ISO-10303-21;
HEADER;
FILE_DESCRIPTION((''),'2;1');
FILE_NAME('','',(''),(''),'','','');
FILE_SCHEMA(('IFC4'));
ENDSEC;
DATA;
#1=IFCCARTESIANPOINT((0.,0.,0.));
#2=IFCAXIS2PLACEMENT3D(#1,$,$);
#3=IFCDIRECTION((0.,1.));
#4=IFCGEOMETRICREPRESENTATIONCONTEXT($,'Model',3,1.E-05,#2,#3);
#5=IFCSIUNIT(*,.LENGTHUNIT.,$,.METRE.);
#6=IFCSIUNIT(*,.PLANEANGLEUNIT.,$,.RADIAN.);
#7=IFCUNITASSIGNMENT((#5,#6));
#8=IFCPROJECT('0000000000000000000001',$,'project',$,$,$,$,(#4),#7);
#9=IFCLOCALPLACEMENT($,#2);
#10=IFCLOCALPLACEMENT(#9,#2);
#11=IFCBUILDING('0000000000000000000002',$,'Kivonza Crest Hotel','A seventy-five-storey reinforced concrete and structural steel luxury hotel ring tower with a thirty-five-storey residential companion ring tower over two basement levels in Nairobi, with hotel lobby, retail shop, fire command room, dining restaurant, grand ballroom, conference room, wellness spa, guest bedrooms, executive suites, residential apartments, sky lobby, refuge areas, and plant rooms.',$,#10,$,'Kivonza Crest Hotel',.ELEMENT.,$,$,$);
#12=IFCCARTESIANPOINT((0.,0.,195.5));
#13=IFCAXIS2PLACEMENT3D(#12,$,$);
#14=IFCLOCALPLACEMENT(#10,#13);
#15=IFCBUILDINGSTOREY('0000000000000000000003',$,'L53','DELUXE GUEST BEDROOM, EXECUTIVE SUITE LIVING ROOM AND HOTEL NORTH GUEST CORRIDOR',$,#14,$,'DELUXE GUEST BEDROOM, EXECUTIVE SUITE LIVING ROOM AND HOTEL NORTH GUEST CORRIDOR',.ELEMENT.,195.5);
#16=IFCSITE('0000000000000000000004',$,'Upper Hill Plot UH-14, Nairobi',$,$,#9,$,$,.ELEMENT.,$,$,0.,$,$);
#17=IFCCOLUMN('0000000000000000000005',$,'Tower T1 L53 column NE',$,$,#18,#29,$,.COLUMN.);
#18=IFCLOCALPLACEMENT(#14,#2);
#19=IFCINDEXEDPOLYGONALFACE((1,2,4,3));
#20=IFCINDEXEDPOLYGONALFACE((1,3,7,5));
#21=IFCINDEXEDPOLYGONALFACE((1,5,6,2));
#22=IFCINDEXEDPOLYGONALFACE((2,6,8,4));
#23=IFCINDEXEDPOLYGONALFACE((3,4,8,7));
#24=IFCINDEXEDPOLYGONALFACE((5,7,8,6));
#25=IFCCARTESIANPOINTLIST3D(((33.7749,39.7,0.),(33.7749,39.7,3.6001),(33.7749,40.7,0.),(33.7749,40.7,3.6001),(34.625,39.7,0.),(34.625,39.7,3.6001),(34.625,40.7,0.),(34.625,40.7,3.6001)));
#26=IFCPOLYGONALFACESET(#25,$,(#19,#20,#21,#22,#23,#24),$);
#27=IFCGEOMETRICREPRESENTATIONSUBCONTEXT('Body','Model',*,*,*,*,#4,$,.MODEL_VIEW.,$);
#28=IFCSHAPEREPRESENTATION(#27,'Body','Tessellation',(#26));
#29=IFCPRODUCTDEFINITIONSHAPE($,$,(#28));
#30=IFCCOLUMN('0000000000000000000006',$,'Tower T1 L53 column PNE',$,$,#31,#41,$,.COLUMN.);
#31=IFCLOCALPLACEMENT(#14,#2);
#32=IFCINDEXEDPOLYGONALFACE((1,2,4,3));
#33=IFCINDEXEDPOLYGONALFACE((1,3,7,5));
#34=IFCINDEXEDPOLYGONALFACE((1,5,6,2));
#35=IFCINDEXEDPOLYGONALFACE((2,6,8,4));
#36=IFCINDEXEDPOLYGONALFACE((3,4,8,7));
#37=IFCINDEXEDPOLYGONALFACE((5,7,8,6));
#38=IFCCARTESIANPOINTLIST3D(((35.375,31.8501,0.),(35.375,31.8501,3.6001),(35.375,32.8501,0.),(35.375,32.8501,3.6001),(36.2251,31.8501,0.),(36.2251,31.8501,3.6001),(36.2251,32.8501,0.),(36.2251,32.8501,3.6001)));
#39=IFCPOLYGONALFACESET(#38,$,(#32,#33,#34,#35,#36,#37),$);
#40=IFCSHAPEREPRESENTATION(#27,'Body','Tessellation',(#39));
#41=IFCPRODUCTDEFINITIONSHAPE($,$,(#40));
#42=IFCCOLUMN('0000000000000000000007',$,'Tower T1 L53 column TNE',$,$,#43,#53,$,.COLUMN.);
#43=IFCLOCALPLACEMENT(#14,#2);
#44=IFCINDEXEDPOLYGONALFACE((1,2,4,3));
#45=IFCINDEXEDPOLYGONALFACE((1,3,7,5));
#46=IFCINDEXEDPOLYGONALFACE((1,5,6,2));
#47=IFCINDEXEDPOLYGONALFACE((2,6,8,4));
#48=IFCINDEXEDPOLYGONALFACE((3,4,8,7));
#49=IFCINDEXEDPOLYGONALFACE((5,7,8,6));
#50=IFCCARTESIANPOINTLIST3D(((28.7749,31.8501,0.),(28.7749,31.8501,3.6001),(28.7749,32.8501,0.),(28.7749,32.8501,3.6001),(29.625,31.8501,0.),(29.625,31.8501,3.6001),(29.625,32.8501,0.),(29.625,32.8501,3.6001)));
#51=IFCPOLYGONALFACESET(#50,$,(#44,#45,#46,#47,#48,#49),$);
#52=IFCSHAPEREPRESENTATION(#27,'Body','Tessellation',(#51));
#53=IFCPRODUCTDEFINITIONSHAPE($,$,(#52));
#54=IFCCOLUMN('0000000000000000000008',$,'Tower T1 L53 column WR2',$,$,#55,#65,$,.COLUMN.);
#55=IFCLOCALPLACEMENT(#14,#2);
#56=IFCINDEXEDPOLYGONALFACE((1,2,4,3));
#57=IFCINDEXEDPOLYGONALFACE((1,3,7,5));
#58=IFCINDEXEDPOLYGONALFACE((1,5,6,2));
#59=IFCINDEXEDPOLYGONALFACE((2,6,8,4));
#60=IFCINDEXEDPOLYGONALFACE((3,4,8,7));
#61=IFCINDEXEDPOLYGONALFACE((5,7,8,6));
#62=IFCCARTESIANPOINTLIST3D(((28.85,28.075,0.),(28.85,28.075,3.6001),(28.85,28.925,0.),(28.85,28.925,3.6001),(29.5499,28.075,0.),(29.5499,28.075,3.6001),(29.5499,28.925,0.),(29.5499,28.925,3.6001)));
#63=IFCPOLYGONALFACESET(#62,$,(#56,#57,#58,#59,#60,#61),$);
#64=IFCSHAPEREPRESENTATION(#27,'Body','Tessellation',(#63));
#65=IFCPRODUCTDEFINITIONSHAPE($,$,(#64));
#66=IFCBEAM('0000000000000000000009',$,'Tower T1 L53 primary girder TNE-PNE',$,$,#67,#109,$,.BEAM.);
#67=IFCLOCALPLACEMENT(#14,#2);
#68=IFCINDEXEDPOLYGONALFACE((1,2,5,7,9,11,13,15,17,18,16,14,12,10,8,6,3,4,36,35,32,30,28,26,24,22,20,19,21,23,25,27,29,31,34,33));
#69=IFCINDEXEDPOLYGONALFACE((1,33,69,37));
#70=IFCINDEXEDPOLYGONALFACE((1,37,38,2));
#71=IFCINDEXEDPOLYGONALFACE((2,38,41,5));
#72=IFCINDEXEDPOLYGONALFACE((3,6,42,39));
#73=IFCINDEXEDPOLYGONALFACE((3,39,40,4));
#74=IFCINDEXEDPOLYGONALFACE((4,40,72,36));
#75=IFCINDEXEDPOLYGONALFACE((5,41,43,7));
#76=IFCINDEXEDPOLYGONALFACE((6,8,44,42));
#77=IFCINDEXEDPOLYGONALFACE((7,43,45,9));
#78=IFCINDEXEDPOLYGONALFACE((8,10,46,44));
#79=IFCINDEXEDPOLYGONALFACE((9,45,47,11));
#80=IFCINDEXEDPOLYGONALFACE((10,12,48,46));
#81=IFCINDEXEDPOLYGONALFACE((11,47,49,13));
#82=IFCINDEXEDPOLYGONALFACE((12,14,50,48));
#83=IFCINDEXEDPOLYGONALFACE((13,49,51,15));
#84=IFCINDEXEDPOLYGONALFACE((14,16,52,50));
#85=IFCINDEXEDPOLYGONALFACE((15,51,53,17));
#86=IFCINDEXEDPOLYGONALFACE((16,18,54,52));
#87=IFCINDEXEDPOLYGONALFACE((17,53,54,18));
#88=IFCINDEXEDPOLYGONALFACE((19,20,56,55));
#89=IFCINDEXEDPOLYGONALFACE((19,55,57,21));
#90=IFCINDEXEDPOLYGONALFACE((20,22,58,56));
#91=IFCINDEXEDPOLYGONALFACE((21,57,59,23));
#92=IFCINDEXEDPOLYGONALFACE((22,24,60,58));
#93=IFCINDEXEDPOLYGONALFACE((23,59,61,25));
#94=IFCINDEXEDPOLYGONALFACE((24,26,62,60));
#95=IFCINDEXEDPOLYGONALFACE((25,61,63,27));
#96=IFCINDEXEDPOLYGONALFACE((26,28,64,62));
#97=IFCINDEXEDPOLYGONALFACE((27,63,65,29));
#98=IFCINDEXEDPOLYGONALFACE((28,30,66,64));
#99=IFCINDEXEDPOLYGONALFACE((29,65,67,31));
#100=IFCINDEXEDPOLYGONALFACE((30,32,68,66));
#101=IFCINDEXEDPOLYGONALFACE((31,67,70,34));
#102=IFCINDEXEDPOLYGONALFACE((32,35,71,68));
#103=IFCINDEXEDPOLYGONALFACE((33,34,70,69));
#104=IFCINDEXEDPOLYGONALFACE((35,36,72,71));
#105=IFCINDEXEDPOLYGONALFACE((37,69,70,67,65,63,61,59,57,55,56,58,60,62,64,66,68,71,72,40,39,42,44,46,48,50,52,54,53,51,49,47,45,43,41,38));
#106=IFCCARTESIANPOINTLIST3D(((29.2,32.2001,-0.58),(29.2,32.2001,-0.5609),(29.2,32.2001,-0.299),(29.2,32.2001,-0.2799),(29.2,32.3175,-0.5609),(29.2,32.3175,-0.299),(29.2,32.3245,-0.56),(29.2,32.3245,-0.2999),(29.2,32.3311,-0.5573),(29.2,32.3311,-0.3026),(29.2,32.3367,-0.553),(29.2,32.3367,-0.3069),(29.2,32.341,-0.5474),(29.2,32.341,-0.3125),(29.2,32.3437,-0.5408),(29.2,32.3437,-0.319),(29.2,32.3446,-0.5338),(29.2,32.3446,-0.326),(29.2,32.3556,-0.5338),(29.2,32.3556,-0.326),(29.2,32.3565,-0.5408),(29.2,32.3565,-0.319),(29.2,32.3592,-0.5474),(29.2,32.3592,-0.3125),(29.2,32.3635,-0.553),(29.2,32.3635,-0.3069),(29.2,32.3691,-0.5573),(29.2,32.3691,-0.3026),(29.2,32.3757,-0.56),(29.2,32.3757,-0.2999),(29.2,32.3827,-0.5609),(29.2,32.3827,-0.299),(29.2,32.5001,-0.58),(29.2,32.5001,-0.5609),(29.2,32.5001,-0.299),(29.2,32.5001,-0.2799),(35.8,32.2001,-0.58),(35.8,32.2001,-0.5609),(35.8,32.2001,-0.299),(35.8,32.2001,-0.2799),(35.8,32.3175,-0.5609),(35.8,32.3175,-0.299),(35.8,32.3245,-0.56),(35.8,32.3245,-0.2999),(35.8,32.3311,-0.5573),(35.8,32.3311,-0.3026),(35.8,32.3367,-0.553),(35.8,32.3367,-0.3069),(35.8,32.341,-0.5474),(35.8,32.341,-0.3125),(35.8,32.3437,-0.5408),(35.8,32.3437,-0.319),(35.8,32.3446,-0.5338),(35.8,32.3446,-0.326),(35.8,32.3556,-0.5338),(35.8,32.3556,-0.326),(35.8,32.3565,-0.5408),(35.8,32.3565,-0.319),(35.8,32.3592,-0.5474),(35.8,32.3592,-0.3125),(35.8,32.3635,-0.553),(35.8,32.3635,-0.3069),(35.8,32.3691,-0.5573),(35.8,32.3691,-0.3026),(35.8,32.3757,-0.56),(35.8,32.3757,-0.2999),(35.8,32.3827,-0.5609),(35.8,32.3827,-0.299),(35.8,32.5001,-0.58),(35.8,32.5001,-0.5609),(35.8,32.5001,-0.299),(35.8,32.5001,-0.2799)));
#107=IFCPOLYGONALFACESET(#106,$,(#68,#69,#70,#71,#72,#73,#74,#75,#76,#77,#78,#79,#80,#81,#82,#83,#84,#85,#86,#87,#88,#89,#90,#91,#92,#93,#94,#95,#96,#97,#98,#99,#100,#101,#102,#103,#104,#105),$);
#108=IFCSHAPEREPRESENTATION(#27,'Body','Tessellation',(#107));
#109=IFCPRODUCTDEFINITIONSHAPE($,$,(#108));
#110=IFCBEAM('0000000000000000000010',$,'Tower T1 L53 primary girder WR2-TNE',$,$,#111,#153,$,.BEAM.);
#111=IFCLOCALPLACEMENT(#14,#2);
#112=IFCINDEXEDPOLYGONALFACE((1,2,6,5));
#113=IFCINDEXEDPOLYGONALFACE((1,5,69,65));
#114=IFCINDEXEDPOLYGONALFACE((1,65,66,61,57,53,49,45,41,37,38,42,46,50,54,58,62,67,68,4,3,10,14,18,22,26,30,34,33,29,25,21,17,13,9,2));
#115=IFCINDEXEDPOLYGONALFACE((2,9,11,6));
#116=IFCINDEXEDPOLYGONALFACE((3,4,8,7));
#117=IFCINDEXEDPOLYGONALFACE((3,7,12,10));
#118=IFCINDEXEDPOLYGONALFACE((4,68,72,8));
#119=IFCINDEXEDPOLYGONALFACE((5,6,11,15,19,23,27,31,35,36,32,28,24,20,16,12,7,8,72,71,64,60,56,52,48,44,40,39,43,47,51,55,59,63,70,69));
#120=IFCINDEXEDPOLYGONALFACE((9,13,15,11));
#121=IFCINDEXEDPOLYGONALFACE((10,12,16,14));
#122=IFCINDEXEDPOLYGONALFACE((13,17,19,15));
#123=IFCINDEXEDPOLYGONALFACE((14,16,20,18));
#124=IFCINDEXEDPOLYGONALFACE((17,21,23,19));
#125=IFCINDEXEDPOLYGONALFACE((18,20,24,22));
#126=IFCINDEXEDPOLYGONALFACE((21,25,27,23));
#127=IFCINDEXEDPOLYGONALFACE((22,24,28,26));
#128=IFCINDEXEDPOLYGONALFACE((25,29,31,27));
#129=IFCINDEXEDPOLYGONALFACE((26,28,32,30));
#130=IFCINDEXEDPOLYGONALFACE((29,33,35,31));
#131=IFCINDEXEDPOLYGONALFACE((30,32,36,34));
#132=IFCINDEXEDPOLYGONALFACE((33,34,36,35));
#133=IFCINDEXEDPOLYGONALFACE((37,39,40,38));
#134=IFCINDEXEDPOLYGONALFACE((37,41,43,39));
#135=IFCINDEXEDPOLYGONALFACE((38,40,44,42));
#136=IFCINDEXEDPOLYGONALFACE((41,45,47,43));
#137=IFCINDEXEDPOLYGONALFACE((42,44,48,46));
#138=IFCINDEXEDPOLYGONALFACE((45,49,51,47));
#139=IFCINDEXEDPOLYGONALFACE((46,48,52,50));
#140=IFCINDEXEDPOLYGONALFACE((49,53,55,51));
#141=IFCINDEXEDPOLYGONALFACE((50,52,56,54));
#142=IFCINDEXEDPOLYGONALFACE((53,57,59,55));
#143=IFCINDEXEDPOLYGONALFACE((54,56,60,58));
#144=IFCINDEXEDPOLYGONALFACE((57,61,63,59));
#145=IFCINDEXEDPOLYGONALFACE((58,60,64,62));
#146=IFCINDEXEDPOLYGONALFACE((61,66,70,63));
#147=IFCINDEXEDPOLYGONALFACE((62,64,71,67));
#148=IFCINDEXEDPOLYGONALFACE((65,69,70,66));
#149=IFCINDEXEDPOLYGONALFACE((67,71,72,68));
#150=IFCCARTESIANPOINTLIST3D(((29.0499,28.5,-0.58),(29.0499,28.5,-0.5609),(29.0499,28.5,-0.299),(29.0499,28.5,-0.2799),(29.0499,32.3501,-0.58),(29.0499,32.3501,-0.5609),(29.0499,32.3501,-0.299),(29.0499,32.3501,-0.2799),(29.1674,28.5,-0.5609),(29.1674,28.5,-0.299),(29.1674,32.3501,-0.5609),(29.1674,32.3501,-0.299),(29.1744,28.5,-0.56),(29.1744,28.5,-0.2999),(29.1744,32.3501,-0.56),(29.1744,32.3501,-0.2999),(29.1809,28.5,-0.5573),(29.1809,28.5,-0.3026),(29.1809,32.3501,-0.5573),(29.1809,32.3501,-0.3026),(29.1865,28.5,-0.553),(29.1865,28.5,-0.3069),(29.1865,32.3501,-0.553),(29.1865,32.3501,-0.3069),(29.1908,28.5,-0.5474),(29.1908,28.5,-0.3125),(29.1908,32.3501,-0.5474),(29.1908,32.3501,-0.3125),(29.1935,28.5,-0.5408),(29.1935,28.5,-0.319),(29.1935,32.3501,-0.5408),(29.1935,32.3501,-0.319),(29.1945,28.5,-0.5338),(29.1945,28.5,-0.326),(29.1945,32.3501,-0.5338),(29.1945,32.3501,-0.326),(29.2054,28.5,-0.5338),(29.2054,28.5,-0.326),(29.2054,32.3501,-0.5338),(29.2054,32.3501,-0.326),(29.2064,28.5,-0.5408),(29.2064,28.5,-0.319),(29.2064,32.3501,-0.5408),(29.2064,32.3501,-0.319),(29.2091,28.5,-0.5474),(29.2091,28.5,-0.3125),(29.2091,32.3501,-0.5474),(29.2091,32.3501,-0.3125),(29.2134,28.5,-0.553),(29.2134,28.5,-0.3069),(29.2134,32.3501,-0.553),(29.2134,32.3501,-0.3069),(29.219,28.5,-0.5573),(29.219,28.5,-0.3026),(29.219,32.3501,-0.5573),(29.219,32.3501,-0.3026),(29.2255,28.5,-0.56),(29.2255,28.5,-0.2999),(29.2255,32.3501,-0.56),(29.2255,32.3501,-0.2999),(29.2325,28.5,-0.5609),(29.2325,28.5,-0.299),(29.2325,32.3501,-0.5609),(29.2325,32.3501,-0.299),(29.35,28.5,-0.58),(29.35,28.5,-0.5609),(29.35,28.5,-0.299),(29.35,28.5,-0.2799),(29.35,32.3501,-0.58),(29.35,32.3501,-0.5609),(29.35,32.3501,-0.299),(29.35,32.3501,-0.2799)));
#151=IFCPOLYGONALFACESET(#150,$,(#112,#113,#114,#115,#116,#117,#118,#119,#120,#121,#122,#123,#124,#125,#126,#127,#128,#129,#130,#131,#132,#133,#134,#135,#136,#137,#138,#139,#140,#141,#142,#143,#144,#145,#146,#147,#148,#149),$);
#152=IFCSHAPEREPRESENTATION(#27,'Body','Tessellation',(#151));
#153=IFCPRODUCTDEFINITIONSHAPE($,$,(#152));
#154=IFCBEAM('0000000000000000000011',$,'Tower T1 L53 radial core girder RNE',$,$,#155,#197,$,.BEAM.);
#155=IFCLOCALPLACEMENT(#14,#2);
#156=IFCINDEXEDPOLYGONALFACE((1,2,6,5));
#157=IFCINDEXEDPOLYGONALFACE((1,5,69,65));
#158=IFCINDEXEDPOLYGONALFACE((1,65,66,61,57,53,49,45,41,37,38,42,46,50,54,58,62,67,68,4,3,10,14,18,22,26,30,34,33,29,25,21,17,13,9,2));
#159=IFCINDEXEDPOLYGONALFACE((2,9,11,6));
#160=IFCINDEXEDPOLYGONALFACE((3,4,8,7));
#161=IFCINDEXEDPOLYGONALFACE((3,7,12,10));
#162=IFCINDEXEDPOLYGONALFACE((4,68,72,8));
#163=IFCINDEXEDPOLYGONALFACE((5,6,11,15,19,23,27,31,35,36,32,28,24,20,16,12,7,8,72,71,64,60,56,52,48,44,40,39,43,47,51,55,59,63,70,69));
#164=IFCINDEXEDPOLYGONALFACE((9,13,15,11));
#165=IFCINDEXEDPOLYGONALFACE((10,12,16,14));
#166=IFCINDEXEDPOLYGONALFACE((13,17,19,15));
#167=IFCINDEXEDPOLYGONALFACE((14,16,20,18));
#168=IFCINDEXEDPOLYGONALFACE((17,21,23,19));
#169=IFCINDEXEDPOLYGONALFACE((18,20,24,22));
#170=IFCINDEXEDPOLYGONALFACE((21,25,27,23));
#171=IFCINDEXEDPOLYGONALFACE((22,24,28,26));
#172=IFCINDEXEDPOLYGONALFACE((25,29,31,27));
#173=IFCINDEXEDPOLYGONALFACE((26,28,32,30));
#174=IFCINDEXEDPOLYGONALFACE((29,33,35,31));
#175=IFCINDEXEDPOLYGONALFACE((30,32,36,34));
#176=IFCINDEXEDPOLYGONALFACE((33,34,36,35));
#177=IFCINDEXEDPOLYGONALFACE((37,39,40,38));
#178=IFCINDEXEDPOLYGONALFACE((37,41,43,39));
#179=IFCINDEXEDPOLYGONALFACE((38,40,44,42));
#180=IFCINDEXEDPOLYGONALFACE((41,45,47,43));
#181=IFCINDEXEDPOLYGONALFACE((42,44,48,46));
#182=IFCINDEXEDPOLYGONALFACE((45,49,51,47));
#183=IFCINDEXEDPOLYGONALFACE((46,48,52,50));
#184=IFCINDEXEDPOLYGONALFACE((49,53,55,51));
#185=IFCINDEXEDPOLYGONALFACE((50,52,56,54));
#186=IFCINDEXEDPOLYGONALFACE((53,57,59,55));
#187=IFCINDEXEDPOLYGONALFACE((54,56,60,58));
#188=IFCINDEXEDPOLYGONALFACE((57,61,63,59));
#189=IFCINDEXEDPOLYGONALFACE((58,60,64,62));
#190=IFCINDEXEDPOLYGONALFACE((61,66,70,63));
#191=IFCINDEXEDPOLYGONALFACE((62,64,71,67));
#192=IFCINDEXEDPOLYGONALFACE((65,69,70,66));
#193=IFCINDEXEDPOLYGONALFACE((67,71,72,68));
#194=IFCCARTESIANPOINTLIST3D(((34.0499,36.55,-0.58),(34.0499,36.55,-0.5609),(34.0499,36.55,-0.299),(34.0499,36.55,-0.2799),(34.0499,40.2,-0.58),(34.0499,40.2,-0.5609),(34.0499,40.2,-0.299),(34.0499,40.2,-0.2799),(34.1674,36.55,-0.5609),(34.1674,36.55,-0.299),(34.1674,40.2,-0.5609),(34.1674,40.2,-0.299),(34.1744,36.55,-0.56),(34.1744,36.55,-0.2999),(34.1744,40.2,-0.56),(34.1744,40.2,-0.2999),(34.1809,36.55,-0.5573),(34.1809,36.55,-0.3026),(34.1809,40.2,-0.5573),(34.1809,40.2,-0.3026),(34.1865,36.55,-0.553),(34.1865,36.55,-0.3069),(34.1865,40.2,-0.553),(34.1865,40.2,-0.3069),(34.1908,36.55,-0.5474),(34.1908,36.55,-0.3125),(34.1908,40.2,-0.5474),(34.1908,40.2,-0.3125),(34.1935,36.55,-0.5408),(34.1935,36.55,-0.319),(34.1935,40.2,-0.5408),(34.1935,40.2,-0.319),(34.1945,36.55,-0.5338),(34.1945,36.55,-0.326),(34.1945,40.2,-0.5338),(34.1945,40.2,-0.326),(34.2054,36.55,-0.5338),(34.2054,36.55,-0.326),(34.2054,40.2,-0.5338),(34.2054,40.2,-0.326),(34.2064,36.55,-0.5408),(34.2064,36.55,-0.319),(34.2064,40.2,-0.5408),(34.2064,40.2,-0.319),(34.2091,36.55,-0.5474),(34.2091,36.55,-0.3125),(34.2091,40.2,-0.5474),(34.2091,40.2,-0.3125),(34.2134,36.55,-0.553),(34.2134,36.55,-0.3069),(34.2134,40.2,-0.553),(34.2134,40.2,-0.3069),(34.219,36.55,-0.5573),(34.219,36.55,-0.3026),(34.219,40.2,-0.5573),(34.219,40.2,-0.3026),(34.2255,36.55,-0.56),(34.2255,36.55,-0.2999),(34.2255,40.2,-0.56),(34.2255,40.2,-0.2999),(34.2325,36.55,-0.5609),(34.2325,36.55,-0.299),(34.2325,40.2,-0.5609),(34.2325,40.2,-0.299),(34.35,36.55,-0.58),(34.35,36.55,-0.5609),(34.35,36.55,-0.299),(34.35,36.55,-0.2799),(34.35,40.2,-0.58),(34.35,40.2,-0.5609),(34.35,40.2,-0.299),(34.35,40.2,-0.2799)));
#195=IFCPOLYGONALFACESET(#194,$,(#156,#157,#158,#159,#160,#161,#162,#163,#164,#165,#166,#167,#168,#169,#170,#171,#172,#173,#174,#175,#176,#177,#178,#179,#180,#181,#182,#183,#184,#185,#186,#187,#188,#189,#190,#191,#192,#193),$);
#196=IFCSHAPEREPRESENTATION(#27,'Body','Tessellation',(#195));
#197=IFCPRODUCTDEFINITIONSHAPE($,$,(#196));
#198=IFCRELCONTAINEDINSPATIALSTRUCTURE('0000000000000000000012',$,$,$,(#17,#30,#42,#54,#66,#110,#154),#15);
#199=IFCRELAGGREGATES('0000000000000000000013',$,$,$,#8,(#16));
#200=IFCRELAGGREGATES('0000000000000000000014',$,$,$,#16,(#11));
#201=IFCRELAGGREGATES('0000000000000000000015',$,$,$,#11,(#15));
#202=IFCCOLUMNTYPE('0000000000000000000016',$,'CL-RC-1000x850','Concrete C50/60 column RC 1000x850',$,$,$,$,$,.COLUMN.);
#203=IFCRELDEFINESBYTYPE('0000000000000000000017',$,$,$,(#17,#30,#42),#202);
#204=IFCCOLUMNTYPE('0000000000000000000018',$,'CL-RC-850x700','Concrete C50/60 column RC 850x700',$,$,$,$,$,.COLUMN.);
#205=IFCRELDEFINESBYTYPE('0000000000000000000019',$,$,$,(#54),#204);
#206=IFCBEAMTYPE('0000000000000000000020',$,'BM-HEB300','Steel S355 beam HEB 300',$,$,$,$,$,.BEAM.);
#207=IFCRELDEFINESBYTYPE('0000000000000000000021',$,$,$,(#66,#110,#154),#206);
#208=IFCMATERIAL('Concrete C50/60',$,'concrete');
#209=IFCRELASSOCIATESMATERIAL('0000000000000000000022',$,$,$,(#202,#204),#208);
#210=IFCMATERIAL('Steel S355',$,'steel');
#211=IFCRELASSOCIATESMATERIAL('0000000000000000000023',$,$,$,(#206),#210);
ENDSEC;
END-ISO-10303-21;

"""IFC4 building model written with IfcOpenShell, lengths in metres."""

from ifc_helpers import new_model, si_unit, direction, frame, origin, origin_2d, place, context, subcontext, project, spatial, rectangle, i_section, extrude, material, material_profile, profile_set, type_object, element, save


model = new_model("IFC4")

# Units and contexts
model_context = context("Model", 3, precision=1e-05, world=origin(), true_north=direction((0.0, 1.0)))
body_context = subcontext(model_context, "Body", "Model", "MODEL_VIEW")
ifc_project = project(units=[si_unit("LENGTHUNIT", "METRE"), si_unit("PLANEANGLEUNIT", "RADIAN")], contexts=[model_context])

# Site, building, storey
site_placement = place(None, origin())
site = spatial("IfcSite", under=ifc_project, at=site_placement, Name="Upper Hill Plot UH-14, Nairobi", CompositionType="ELEMENT", RefElevation=0.0)
building_placement = place(site_placement, origin())
building = spatial("IfcBuilding", under=site, at=building_placement, Name="Kivonza Crest Hotel", Description="A seventy-five-storey reinforced concrete and structural steel luxury hotel ring tower with a thirty-five-storey residential companion ring tower over two basement levels in Nairobi, with hotel lobby, retail shop, fire command room, dining restaurant, grand ballroom, conference room, wellness spa, guest bedrooms, executive suites, residential apartments, sky lobby, refuge areas, and plant rooms.", LongName="Kivonza Crest Hotel", CompositionType="ELEMENT")
storey_placement = place(building_placement, frame((0.0, 0.0, 195.5)))
storey = spatial("IfcBuildingStorey", under=building, at=storey_placement, Name="L53", Description="DELUXE GUEST BEDROOM, EXECUTIVE SUITE LIVING ROOM AND HOTEL NORTH GUEST CORRIDOR", LongName="DELUXE GUEST BEDROOM, EXECUTIVE SUITE LIVING ROOM AND HOTEL NORTH GUEST CORRIDOR", CompositionType="ELEMENT", Elevation=195.5)

# Columns
ifc_material_1 = material(Name="Concrete C50/60", Category="concrete")
ifc_material_profile_1 = material_profile(ifc_material_1, rectangle(XDim=0.8501, YDim=1.0, at=origin_2d()), Name="RC 1000x850")
ifc_profile_set_1 = profile_set([ifc_material_profile_1], Name="Concrete C50/60")
column_type_1 = type_object("IfcColumnType", Name="CL-RC-1000x850", Description="Concrete C50/60 column RC 1000x850", PredefinedType="COLUMN", material=ifc_profile_set_1)
for number, where, z_axis, x_axis, name in (
    (1, (34.2, 40.2, 0.0), (0.0, 0.0, 1.0), (1.0, 0.0, 0.0), "Tower T1 L53 column NE"),
    (2, (35.8, 32.3501, 0.0), (0.0, 0.0, 1.0), (1.0, 0.0, 0.0), "Tower T1 L53 column PNE"),
    (3, (29.2, 32.3501, 0.0), (0.0, 0.0, 1.0), (1.0, 0.0, 0.0), "Tower T1 L53 column TNE"),
):
    element("IfcColumn", number, at=place(storey_placement, frame(where, z_axis=z_axis, x_axis=x_axis)), inside=storey, type_object=column_type_1, Name=name, PredefinedType="COLUMN", context=body_context, shape_type="SweptSolid", body=[
        extrude(rectangle(XDim=0.8501, YDim=1.0, at=origin_2d()), origin(), (0.0, 0.0, 1.0), 3.6001),
    ])
ifc_material_profile_2 = material_profile(ifc_material_1, rectangle(XDim=0.7, YDim=0.8501, at=origin_2d()), Name="RC 850x700")
ifc_profile_set_2 = profile_set([ifc_material_profile_2], Name="Concrete C50/60")
column_type_2 = type_object("IfcColumnType", Name="CL-RC-850x700", Description="Concrete C50/60 column RC 850x700", PredefinedType="COLUMN", material=ifc_profile_set_2)
column_placement = place(storey_placement, frame((29.2, 28.5, 0.0), z_axis=(0.0, 0.0, 1.0), x_axis=(1.0, 0.0, 0.0)))
element("IfcColumn", 4, at=column_placement, inside=storey, type_object=column_type_2, Name="Tower T1 L53 column WR2", PredefinedType="COLUMN", context=body_context, shape_type="SweptSolid", body=[
    extrude(rectangle(XDim=0.7, YDim=0.8501, at=origin_2d()), origin(), (0.0, 0.0, 1.0), 3.6001),
])

# Beams
ifc_material_2 = material(Name="Steel S355", Category="steel")
ifc_material_profile_3 = material_profile(ifc_material_2, i_section(OverallWidth=0.3, OverallDepth=0.3, WebThickness=0.011, FlangeThickness=0.019, FilletRadius=0.0271, at=origin_2d()), Name="HEB 300")
ifc_profile_set_3 = profile_set([ifc_material_profile_3], Name="Steel S355")
beam_type_1 = type_object("IfcBeamType", Name="BM-HEB300", Description="Steel S355 beam HEB 300", PredefinedType="BEAM", material=ifc_profile_set_3)
beam_1_placement = place(storey_placement, frame((29.2, 32.3501, -0.4299), z_axis=(1.0, 0.0, 0.0), x_axis=(0.0, 1.0, 0.0)))
element("IfcBeam", 5, at=beam_1_placement, inside=storey, type_object=beam_type_1, Name="Tower T1 L53 primary girder TNE-PNE", PredefinedType="BEAM", context=body_context, shape_type="SweptSolid", body=[
    extrude(i_section(OverallWidth=0.3, OverallDepth=0.3, WebThickness=0.011, FlangeThickness=0.019, FilletRadius=0.0271, at=origin_2d()), origin(), (0.0, 0.0, 1.0), 6.6001),
])
beam_2_placement = place(storey_placement, frame((29.2, 28.5, -0.4299), z_axis=(0.0, 1.0, 0.0), x_axis=(-1.0, 0.0, 0.0)))
element("IfcBeam", 6, at=beam_2_placement, inside=storey, type_object=beam_type_1, Name="Tower T1 L53 primary girder WR2-TNE", PredefinedType="BEAM", context=body_context, shape_type="SweptSolid", body=[
    extrude(i_section(OverallWidth=0.3, OverallDepth=0.3, WebThickness=0.011, FlangeThickness=0.019, FilletRadius=0.0271, at=origin_2d()), origin(), (0.0, 0.0, 1.0), 3.8501),
])
beam_3_placement = place(storey_placement, frame((34.2, 40.2, -0.4299), z_axis=(0.0, -1.0, 0.0), x_axis=(1.0, 0.0, 0.0)))
element("IfcBeam", 7, at=beam_3_placement, inside=storey, type_object=beam_type_1, Name="Tower T1 L53 radial core girder RNE", PredefinedType="BEAM", context=body_context, shape_type="SweptSolid", body=[
    extrude(i_section(OverallWidth=0.3, OverallDepth=0.3, WebThickness=0.011, FlangeThickness=0.019, FilletRadius=0.0271, at=origin_2d()), origin(), (0.0, 0.0, 1.0), 3.6499),
])

save(model, "model.ifc")
